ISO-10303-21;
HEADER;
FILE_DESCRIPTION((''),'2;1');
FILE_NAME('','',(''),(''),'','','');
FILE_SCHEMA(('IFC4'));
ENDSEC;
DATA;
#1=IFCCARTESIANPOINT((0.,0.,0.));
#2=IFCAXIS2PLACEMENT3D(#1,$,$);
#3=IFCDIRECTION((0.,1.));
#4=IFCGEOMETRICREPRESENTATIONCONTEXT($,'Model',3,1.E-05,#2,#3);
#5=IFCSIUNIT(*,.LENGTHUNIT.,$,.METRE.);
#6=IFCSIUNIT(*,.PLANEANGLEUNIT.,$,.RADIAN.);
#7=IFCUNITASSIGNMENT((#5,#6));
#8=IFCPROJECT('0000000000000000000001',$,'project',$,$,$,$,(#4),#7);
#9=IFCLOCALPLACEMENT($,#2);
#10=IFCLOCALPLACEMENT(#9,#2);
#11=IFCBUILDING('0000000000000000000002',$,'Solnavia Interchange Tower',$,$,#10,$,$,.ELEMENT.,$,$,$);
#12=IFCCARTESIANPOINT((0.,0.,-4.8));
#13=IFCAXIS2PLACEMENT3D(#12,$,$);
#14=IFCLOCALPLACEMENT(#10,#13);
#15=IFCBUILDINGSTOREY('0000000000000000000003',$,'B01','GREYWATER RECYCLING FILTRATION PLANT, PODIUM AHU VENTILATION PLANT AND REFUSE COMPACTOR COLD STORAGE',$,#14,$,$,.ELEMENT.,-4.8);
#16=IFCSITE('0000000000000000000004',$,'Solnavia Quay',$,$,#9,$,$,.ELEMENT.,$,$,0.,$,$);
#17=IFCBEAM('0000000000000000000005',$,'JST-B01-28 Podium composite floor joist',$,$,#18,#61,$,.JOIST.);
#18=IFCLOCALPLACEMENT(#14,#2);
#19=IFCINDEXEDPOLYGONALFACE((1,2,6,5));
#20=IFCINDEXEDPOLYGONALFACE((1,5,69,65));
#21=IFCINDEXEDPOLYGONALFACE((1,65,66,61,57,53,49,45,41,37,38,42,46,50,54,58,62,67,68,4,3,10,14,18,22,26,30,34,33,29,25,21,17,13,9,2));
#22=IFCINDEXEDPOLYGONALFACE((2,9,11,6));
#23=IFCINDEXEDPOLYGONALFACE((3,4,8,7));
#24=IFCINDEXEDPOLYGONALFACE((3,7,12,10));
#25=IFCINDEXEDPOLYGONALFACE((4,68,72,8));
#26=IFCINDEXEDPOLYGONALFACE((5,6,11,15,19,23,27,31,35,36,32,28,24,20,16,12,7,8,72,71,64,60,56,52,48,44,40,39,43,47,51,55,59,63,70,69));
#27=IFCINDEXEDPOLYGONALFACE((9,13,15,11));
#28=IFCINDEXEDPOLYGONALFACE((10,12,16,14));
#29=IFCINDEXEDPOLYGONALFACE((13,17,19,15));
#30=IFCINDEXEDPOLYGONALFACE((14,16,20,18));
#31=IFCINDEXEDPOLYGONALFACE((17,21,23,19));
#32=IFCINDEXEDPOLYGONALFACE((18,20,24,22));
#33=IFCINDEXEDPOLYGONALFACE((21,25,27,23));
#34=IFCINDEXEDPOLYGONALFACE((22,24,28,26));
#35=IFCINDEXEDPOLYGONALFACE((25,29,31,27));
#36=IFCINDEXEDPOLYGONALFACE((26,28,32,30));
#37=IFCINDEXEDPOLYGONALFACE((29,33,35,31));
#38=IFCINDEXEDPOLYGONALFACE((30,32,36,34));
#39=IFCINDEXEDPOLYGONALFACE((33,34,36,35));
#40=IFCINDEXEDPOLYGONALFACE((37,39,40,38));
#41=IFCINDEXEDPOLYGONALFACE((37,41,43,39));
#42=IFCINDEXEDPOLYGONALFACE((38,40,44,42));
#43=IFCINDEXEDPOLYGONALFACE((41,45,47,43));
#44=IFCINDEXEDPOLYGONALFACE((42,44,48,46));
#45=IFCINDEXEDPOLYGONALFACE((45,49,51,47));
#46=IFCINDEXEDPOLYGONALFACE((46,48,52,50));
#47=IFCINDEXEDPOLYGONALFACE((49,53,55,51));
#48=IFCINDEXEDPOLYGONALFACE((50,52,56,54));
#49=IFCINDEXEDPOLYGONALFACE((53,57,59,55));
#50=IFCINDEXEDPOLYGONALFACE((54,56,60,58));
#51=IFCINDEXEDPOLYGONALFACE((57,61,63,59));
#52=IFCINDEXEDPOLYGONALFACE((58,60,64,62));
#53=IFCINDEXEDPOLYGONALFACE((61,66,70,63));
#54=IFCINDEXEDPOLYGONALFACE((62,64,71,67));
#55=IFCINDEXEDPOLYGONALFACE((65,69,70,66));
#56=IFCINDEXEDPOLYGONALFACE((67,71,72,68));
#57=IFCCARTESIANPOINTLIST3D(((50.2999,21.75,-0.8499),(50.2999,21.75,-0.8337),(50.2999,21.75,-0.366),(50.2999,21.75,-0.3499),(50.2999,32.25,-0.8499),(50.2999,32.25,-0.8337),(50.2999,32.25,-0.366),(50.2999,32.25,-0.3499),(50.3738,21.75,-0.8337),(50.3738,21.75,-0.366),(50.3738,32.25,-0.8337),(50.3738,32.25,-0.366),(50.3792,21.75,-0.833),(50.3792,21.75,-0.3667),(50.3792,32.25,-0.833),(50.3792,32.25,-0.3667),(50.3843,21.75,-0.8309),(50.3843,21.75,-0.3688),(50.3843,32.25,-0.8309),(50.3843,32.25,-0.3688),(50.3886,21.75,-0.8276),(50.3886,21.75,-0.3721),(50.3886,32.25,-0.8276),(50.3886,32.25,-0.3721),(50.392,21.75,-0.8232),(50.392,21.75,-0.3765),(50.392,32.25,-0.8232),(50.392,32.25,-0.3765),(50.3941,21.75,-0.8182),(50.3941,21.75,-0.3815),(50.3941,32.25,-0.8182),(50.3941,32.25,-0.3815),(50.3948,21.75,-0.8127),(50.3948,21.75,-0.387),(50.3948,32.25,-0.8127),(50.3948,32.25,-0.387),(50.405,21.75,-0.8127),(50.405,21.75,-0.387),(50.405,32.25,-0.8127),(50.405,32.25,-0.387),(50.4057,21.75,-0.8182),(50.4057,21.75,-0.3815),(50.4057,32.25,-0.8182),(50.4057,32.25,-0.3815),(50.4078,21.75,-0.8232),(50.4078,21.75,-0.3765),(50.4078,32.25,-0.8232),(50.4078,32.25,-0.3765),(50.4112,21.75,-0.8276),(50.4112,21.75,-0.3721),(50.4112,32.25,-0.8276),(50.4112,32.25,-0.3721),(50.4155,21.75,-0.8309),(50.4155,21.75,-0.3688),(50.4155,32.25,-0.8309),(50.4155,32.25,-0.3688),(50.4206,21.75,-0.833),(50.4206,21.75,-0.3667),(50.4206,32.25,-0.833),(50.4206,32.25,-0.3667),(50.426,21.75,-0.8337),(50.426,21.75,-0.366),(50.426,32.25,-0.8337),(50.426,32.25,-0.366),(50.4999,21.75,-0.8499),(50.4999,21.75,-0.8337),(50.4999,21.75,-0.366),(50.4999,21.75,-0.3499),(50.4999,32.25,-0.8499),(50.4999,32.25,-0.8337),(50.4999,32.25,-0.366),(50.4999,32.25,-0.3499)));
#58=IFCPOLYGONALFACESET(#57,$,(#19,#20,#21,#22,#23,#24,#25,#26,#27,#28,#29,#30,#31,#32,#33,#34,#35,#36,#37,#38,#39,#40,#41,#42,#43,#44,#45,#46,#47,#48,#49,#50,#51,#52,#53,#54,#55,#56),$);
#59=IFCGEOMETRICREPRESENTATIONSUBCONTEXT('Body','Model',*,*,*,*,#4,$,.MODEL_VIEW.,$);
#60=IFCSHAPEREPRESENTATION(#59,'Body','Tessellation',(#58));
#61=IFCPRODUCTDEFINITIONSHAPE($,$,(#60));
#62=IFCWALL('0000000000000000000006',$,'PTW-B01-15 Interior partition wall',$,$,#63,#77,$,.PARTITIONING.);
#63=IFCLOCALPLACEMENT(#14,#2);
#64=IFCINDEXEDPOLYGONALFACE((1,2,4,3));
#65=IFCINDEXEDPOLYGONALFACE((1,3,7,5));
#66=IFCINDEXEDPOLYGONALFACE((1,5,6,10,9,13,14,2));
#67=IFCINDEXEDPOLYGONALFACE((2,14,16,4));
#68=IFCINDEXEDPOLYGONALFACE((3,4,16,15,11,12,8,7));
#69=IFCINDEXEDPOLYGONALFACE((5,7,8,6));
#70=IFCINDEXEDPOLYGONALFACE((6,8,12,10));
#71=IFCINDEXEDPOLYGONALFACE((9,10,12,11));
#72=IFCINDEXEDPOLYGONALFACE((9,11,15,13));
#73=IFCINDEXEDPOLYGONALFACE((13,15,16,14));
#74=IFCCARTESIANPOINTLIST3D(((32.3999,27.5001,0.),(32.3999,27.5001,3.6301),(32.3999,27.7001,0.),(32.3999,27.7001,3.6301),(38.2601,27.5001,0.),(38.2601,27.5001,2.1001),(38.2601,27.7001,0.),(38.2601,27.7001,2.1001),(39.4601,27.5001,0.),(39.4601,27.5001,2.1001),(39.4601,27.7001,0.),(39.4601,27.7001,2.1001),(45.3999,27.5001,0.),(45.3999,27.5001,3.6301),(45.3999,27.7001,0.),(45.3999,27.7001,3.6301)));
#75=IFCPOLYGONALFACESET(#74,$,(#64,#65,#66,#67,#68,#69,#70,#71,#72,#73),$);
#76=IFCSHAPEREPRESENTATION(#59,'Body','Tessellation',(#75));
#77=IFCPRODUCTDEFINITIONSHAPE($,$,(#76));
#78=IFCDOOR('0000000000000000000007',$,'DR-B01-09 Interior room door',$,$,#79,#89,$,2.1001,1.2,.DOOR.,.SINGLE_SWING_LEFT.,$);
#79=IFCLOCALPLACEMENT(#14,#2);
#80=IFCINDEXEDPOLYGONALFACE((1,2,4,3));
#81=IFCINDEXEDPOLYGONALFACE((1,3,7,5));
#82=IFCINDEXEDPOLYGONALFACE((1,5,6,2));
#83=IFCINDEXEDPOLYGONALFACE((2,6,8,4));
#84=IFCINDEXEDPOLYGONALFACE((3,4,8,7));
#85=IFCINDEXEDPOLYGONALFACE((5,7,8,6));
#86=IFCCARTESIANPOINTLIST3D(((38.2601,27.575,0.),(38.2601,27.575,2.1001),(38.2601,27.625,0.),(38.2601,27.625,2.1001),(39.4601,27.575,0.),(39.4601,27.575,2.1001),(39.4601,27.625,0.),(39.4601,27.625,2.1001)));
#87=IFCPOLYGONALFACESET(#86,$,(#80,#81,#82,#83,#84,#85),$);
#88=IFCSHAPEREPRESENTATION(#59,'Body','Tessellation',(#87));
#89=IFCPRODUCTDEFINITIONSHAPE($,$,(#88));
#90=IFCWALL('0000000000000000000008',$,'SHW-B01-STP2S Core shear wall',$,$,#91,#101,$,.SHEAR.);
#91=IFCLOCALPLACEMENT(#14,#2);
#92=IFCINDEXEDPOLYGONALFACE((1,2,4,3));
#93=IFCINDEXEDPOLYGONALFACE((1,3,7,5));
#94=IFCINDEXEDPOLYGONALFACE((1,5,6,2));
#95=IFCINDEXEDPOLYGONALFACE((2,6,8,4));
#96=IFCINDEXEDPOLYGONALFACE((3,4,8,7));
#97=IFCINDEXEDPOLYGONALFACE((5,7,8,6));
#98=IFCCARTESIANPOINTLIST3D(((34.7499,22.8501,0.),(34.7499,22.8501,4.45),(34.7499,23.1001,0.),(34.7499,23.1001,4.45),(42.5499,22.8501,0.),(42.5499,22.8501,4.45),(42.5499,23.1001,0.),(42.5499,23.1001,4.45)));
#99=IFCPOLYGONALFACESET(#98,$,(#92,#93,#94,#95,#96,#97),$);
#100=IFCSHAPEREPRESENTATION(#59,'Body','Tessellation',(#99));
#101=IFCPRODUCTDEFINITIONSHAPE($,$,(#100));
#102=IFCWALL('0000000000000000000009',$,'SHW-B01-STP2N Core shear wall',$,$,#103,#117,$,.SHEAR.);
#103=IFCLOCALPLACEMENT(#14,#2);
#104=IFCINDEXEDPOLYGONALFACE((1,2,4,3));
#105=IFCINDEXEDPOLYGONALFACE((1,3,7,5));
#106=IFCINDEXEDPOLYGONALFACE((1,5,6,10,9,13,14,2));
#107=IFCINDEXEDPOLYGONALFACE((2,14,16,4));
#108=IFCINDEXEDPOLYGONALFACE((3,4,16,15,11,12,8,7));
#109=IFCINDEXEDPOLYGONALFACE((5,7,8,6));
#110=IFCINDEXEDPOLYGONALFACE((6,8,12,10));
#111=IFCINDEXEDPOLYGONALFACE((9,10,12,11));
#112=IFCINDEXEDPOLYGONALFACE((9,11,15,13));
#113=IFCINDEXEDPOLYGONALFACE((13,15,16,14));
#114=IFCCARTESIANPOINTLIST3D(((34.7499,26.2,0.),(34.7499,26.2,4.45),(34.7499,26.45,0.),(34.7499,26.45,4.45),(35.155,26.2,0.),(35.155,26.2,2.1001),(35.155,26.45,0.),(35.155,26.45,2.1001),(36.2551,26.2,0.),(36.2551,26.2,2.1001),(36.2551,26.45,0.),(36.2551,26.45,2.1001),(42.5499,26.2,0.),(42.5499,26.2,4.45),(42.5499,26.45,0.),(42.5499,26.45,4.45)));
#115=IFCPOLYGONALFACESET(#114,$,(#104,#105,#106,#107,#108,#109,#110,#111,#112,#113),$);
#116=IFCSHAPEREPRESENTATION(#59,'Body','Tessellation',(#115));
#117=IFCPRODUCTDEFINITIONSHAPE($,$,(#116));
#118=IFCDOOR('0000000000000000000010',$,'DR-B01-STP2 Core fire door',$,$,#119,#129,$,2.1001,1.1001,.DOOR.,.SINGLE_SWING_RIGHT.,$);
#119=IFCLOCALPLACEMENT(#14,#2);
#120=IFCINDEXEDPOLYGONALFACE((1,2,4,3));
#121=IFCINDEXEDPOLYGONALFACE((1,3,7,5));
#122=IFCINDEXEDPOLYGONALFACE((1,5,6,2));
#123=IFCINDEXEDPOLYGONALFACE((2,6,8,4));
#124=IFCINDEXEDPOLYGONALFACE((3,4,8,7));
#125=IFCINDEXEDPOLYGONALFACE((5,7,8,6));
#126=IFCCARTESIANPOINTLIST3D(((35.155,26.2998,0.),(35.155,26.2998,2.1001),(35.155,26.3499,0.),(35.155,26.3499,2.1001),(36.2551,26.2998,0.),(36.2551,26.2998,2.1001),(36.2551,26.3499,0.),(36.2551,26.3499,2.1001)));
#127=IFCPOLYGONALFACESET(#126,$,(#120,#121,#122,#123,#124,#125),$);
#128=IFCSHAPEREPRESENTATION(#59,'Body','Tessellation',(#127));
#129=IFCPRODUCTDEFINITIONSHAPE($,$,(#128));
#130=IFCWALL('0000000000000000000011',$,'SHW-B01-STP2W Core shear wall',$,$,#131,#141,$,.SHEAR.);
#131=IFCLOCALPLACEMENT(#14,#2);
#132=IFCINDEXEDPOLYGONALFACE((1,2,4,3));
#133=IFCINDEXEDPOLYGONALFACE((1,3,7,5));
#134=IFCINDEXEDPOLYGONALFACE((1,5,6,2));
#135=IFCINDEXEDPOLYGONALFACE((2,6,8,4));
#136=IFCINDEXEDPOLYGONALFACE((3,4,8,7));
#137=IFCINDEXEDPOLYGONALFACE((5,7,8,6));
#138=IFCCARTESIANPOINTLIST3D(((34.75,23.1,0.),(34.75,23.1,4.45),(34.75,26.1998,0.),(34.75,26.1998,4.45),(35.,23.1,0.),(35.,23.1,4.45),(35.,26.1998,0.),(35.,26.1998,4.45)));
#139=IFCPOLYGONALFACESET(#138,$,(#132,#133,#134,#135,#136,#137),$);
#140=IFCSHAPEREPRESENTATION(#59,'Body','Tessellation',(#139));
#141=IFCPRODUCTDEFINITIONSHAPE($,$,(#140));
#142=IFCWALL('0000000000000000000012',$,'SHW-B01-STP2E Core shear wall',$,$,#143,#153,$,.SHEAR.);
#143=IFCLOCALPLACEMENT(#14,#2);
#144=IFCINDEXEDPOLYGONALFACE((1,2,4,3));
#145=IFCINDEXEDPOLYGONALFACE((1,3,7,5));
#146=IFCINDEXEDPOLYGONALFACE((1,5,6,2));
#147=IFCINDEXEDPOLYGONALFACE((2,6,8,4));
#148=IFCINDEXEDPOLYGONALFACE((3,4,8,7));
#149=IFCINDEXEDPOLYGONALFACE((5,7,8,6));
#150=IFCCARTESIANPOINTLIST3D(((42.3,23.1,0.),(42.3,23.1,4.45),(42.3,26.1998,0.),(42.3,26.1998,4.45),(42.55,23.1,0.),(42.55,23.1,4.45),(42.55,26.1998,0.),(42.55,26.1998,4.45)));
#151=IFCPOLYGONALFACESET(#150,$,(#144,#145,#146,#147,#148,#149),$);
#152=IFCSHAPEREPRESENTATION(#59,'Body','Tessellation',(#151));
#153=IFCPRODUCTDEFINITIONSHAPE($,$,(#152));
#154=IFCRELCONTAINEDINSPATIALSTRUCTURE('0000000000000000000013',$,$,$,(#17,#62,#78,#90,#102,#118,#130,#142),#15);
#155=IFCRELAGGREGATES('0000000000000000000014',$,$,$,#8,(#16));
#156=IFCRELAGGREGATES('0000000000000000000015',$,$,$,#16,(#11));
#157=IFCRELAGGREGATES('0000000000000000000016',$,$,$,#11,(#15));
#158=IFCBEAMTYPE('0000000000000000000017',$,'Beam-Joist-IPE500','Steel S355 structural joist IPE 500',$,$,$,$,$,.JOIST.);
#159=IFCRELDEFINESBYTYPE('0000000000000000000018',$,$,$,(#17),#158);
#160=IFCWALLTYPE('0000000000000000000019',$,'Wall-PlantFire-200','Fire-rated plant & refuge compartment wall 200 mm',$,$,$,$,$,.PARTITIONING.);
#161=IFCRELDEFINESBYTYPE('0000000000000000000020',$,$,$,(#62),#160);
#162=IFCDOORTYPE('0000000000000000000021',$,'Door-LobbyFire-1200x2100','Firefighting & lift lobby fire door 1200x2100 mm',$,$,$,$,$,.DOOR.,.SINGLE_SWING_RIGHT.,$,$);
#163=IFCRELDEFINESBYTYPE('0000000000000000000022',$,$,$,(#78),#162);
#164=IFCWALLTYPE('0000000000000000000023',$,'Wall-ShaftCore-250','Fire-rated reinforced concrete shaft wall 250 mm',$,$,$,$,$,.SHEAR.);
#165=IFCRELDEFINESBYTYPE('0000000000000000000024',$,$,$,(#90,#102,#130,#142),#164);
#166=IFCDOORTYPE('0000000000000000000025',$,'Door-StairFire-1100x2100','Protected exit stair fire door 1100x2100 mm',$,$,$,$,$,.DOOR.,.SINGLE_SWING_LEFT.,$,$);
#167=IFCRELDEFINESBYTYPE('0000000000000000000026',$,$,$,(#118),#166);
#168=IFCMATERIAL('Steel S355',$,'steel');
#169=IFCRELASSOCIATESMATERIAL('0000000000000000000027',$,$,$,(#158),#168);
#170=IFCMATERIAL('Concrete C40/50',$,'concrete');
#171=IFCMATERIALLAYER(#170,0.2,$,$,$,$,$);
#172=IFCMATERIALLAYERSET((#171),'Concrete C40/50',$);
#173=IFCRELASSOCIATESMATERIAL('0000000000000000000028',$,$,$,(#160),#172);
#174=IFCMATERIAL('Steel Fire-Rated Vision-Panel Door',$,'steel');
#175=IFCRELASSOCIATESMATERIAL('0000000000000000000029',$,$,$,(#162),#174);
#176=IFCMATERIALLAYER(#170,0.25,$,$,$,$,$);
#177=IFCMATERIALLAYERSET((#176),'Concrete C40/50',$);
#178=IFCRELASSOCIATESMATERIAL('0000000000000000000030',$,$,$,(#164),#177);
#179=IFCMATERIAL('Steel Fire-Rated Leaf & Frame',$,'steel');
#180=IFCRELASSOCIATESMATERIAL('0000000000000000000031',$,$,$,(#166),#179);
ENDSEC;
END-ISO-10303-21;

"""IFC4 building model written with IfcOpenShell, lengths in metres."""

from ifc_helpers import new_model, si_unit, direction, frame, frame_2d, origin, origin_2d, place, context, subcontext, project, spatial, rectangle, i_section, extrude, material, layer, layer_set, material_profile, profile_set, type_object, element, fill, save


model = new_model("IFC4")

# Units and contexts
model_context = context("Model", 3, precision=1e-05, world=origin(), true_north=direction((0.0, 1.0)))
body_context = subcontext(model_context, "Body", "Model", "MODEL_VIEW")
ifc_project = project(units=[si_unit("LENGTHUNIT", "METRE"), si_unit("PLANEANGLEUNIT", "RADIAN")], contexts=[model_context])

# Site, building, storey
site_placement = place(None, origin())
site = spatial("IfcSite", under=ifc_project, at=site_placement, Name="Solnavia Quay", CompositionType="ELEMENT", RefElevation=0.0)
building_placement = place(site_placement, origin())
building = spatial("IfcBuilding", under=site, at=building_placement, Name="Solnavia Interchange Tower", CompositionType="ELEMENT")
storey_placement = place(building_placement, frame((0.0, 0.0, -4.8)))
storey = spatial("IfcBuildingStorey", under=building, at=storey_placement, Name="B01", Description="GREYWATER RECYCLING FILTRATION PLANT, PODIUM AHU VENTILATION PLANT AND REFUSE COMPACTOR COLD STORAGE", CompositionType="ELEMENT", Elevation=-4.8)

# Beam
ifc_material_1 = material(Name="Steel S355", Category="steel")
ifc_material_profile_1 = material_profile(ifc_material_1, i_section(OverallWidth=0.2, OverallDepth=0.5, WebThickness=0.0103, FlangeThickness=0.0161, FilletRadius=0.021, at=origin_2d()), Name="IPE 500")
ifc_profile_set_1 = profile_set([ifc_material_profile_1], Name="Steel S355")
beam_type_1 = type_object("IfcBeamType", Name="Beam-Joist-IPE500", Description="Steel S355 structural joist IPE 500", PredefinedType="JOIST", material=ifc_profile_set_1)
for number, where, z_axis, x_axis, name in (
    (1, (50.3999, 21.75, -0.5999), (0.0, 1.0, 0.0), (-1.0, 0.0, 0.0), "JST-B01-28 Podium composite floor joist"),
):
    element("IfcBeam", number, at=place(storey_placement, frame(where, z_axis=z_axis, x_axis=x_axis)), inside=storey, type_object=beam_type_1, Name=name, PredefinedType="JOIST", context=body_context, shape_type="SweptSolid", body=[
        extrude(i_section(OverallWidth=0.2, OverallDepth=0.5, WebThickness=0.0103, FlangeThickness=0.0161, FilletRadius=0.021, at=origin_2d()), origin(), (0.0, 0.0, 1.0), 10.5),
    ])

# Wall, opening, door
ifc_material_2 = material(Name="Concrete C40/50", Category="concrete")
ifc_layer_1 = layer(ifc_material_2, 0.2)
ifc_layer_set_1 = layer_set([ifc_layer_1], Name="Concrete C40/50")
wall_type_1 = type_object("IfcWallType", Name="Wall-PlantFire-200", Description="Fire-rated plant & refuge compartment wall 200 mm", PredefinedType="PARTITIONING", material=ifc_layer_set_1)
wall_1_placement = place(storey_placement, frame((32.3999, 27.6001, 0.0), z_axis=(0.0, 0.0, 1.0), x_axis=(1.0, 0.0, 0.0)))
wall_1 = element("IfcWall", 2, at=wall_1_placement, inside=storey, type_object=wall_type_1, Name="PTW-B01-15 Interior partition wall", PredefinedType="PARTITIONING", context=body_context, shape_type="SweptSolid", body=[
    extrude(rectangle(XDim=13.0, YDim=0.2, at=frame_2d((6.5, 0.0))), origin(), (0.0, 0.0, 1.0), 3.6301),
])
opening_1_placement = place(wall_1_placement, frame((5.8601, 0.0, 0.0)))
opening_1 = element("IfcOpeningElement", 3, at=opening_1_placement, cuts=wall_1, PredefinedType="OPENING", context=body_context, shape_type="SweptSolid", body=[
    extrude(rectangle(XDim=1.2, YDim=2.1001, at=frame_2d((0.6001, 1.05))), frame((0.0, 0.1099, 0.0), z_axis=(0.0, -1.0, 0.0), x_axis=(1.0, 0.0, 0.0)), (0.0, 0.0, 1.0), 0.22),
])
ifc_material_3 = material(Name="Steel Fire-Rated Vision-Panel Door", Category="steel")
door_type_1 = type_object("IfcDoorType", Name="Door-LobbyFire-1200x2100", Description="Firefighting & lift lobby fire door 1200x2100 mm", OperationType="SINGLE_SWING_RIGHT", PredefinedType="DOOR", material=ifc_material_3)
door_1_placement = place(opening_1_placement, origin())
door_1 = element("IfcDoor", 4, at=door_1_placement, inside=storey, type_object=door_type_1, Name="DR-B01-09 Interior room door", OperationType="SINGLE_SWING_LEFT", OverallHeight=2.1001, OverallWidth=1.2, PredefinedType="DOOR", context=body_context, shape_type="SweptSolid", body=[
    extrude(rectangle(XDim=1.2, YDim=2.1001, at=frame_2d((0.6001, 1.05))), frame((0.0, 0.0249, 0.0), z_axis=(0.0, -1.0, 0.0), x_axis=(1.0, 0.0, 0.0)), (0.0, 0.0, 1.0), 0.05),
])
fill(opening_1, door_1)

# Wall
ifc_layer_2 = layer(ifc_material_2, 0.25)
ifc_layer_set_2 = layer_set([ifc_layer_2], Name="Concrete C40/50")
wall_type_2 = type_object("IfcWallType", Name="Wall-ShaftCore-250", Description="Fire-rated reinforced concrete shaft wall 250 mm", PredefinedType="SHEAR", material=ifc_layer_set_2)
wall_2_placement = place(storey_placement, frame((34.75, 22.9751, 0.0), z_axis=(0.0, 0.0, 1.0), x_axis=(1.0, 0.0, 0.0)))
element("IfcWall", 5, at=wall_2_placement, inside=storey, type_object=wall_type_2, Name="SHW-B01-STP2S Core shear wall", PredefinedType="SHEAR", context=body_context, shape_type="SweptSolid", body=[
    extrude(rectangle(XDim=7.8, YDim=0.25, at=frame_2d((3.8999, 0.0))), origin(), (0.0, 0.0, 1.0), 4.45),
])

# Wall, opening, door
wall_3_placement = place(storey_placement, frame((34.75, 26.325, 0.0), z_axis=(0.0, 0.0, 1.0), x_axis=(1.0, 0.0, 0.0)))
wall_3 = element("IfcWall", 6, at=wall_3_placement, inside=storey, type_object=wall_type_2, Name="SHW-B01-STP2N Core shear wall", PredefinedType="SHEAR", context=body_context, shape_type="SweptSolid", body=[
    extrude(rectangle(XDim=7.8, YDim=0.25, at=frame_2d((3.8999, 0.0))), origin(), (0.0, 0.0, 1.0), 4.45),
])
opening_2_placement = place(wall_3_placement, frame((0.405, 0.0, 0.0)))
opening_2 = element("IfcOpeningElement", 7, at=opening_2_placement, cuts=wall_3, PredefinedType="OPENING", context=body_context, shape_type="SweptSolid", body=[
    extrude(rectangle(XDim=1.1001, YDim=2.1001, at=frame_2d((0.55, 1.05))), frame((0.0, 0.135, 0.0), z_axis=(0.0, -1.0, 0.0), x_axis=(1.0, 0.0, 0.0)), (0.0, 0.0, 1.0), 0.27),
])
ifc_material_4 = material(Name="Steel Fire-Rated Leaf & Frame", Category="steel")
door_type_2 = type_object("IfcDoorType", Name="Door-StairFire-1100x2100", Description="Protected exit stair fire door 1100x2100 mm", OperationType="SINGLE_SWING_LEFT", PredefinedType="DOOR", material=ifc_material_4)
door_2_placement = place(opening_2_placement, origin())
door_2 = element("IfcDoor", 8, at=door_2_placement, inside=storey, type_object=door_type_2, Name="DR-B01-STP2 Core fire door", OperationType="SINGLE_SWING_RIGHT", OverallHeight=2.1001, OverallWidth=1.1001, PredefinedType="DOOR", context=body_context, shape_type="SweptSolid", body=[
    extrude(rectangle(XDim=1.1001, YDim=2.1001, at=frame_2d((0.55, 1.05))), frame((0.0, 0.0249, 0.0), z_axis=(0.0, -1.0, 0.0), x_axis=(1.0, 0.0, 0.0)), (0.0, 0.0, 1.0), 0.05),
])
fill(opening_2, door_2)

# Walls
for number, where, z_axis, x_axis, name in (
    (9, (34.875, 23.1001, 0.0), (0.0, 0.0, 1.0), (0.0, 1.0, 0.0), "SHW-B01-STP2W Core shear wall"),
    (10, (42.425, 23.1001, 0.0), (0.0, 0.0, 1.0), (0.0, 1.0, 0.0), "SHW-B01-STP2E Core shear wall"),
):
    element("IfcWall", number, at=place(storey_placement, frame(where, z_axis=z_axis, x_axis=x_axis)), inside=storey, type_object=wall_type_2, Name=name, PredefinedType="SHEAR", context=body_context, shape_type="SweptSolid", body=[
        extrude(rectangle(XDim=3.0999, YDim=0.25, at=frame_2d((1.5498, 0.0))), origin(), (0.0, 0.0, 1.0), 4.45),
    ])

save(model, "model.ifc")
